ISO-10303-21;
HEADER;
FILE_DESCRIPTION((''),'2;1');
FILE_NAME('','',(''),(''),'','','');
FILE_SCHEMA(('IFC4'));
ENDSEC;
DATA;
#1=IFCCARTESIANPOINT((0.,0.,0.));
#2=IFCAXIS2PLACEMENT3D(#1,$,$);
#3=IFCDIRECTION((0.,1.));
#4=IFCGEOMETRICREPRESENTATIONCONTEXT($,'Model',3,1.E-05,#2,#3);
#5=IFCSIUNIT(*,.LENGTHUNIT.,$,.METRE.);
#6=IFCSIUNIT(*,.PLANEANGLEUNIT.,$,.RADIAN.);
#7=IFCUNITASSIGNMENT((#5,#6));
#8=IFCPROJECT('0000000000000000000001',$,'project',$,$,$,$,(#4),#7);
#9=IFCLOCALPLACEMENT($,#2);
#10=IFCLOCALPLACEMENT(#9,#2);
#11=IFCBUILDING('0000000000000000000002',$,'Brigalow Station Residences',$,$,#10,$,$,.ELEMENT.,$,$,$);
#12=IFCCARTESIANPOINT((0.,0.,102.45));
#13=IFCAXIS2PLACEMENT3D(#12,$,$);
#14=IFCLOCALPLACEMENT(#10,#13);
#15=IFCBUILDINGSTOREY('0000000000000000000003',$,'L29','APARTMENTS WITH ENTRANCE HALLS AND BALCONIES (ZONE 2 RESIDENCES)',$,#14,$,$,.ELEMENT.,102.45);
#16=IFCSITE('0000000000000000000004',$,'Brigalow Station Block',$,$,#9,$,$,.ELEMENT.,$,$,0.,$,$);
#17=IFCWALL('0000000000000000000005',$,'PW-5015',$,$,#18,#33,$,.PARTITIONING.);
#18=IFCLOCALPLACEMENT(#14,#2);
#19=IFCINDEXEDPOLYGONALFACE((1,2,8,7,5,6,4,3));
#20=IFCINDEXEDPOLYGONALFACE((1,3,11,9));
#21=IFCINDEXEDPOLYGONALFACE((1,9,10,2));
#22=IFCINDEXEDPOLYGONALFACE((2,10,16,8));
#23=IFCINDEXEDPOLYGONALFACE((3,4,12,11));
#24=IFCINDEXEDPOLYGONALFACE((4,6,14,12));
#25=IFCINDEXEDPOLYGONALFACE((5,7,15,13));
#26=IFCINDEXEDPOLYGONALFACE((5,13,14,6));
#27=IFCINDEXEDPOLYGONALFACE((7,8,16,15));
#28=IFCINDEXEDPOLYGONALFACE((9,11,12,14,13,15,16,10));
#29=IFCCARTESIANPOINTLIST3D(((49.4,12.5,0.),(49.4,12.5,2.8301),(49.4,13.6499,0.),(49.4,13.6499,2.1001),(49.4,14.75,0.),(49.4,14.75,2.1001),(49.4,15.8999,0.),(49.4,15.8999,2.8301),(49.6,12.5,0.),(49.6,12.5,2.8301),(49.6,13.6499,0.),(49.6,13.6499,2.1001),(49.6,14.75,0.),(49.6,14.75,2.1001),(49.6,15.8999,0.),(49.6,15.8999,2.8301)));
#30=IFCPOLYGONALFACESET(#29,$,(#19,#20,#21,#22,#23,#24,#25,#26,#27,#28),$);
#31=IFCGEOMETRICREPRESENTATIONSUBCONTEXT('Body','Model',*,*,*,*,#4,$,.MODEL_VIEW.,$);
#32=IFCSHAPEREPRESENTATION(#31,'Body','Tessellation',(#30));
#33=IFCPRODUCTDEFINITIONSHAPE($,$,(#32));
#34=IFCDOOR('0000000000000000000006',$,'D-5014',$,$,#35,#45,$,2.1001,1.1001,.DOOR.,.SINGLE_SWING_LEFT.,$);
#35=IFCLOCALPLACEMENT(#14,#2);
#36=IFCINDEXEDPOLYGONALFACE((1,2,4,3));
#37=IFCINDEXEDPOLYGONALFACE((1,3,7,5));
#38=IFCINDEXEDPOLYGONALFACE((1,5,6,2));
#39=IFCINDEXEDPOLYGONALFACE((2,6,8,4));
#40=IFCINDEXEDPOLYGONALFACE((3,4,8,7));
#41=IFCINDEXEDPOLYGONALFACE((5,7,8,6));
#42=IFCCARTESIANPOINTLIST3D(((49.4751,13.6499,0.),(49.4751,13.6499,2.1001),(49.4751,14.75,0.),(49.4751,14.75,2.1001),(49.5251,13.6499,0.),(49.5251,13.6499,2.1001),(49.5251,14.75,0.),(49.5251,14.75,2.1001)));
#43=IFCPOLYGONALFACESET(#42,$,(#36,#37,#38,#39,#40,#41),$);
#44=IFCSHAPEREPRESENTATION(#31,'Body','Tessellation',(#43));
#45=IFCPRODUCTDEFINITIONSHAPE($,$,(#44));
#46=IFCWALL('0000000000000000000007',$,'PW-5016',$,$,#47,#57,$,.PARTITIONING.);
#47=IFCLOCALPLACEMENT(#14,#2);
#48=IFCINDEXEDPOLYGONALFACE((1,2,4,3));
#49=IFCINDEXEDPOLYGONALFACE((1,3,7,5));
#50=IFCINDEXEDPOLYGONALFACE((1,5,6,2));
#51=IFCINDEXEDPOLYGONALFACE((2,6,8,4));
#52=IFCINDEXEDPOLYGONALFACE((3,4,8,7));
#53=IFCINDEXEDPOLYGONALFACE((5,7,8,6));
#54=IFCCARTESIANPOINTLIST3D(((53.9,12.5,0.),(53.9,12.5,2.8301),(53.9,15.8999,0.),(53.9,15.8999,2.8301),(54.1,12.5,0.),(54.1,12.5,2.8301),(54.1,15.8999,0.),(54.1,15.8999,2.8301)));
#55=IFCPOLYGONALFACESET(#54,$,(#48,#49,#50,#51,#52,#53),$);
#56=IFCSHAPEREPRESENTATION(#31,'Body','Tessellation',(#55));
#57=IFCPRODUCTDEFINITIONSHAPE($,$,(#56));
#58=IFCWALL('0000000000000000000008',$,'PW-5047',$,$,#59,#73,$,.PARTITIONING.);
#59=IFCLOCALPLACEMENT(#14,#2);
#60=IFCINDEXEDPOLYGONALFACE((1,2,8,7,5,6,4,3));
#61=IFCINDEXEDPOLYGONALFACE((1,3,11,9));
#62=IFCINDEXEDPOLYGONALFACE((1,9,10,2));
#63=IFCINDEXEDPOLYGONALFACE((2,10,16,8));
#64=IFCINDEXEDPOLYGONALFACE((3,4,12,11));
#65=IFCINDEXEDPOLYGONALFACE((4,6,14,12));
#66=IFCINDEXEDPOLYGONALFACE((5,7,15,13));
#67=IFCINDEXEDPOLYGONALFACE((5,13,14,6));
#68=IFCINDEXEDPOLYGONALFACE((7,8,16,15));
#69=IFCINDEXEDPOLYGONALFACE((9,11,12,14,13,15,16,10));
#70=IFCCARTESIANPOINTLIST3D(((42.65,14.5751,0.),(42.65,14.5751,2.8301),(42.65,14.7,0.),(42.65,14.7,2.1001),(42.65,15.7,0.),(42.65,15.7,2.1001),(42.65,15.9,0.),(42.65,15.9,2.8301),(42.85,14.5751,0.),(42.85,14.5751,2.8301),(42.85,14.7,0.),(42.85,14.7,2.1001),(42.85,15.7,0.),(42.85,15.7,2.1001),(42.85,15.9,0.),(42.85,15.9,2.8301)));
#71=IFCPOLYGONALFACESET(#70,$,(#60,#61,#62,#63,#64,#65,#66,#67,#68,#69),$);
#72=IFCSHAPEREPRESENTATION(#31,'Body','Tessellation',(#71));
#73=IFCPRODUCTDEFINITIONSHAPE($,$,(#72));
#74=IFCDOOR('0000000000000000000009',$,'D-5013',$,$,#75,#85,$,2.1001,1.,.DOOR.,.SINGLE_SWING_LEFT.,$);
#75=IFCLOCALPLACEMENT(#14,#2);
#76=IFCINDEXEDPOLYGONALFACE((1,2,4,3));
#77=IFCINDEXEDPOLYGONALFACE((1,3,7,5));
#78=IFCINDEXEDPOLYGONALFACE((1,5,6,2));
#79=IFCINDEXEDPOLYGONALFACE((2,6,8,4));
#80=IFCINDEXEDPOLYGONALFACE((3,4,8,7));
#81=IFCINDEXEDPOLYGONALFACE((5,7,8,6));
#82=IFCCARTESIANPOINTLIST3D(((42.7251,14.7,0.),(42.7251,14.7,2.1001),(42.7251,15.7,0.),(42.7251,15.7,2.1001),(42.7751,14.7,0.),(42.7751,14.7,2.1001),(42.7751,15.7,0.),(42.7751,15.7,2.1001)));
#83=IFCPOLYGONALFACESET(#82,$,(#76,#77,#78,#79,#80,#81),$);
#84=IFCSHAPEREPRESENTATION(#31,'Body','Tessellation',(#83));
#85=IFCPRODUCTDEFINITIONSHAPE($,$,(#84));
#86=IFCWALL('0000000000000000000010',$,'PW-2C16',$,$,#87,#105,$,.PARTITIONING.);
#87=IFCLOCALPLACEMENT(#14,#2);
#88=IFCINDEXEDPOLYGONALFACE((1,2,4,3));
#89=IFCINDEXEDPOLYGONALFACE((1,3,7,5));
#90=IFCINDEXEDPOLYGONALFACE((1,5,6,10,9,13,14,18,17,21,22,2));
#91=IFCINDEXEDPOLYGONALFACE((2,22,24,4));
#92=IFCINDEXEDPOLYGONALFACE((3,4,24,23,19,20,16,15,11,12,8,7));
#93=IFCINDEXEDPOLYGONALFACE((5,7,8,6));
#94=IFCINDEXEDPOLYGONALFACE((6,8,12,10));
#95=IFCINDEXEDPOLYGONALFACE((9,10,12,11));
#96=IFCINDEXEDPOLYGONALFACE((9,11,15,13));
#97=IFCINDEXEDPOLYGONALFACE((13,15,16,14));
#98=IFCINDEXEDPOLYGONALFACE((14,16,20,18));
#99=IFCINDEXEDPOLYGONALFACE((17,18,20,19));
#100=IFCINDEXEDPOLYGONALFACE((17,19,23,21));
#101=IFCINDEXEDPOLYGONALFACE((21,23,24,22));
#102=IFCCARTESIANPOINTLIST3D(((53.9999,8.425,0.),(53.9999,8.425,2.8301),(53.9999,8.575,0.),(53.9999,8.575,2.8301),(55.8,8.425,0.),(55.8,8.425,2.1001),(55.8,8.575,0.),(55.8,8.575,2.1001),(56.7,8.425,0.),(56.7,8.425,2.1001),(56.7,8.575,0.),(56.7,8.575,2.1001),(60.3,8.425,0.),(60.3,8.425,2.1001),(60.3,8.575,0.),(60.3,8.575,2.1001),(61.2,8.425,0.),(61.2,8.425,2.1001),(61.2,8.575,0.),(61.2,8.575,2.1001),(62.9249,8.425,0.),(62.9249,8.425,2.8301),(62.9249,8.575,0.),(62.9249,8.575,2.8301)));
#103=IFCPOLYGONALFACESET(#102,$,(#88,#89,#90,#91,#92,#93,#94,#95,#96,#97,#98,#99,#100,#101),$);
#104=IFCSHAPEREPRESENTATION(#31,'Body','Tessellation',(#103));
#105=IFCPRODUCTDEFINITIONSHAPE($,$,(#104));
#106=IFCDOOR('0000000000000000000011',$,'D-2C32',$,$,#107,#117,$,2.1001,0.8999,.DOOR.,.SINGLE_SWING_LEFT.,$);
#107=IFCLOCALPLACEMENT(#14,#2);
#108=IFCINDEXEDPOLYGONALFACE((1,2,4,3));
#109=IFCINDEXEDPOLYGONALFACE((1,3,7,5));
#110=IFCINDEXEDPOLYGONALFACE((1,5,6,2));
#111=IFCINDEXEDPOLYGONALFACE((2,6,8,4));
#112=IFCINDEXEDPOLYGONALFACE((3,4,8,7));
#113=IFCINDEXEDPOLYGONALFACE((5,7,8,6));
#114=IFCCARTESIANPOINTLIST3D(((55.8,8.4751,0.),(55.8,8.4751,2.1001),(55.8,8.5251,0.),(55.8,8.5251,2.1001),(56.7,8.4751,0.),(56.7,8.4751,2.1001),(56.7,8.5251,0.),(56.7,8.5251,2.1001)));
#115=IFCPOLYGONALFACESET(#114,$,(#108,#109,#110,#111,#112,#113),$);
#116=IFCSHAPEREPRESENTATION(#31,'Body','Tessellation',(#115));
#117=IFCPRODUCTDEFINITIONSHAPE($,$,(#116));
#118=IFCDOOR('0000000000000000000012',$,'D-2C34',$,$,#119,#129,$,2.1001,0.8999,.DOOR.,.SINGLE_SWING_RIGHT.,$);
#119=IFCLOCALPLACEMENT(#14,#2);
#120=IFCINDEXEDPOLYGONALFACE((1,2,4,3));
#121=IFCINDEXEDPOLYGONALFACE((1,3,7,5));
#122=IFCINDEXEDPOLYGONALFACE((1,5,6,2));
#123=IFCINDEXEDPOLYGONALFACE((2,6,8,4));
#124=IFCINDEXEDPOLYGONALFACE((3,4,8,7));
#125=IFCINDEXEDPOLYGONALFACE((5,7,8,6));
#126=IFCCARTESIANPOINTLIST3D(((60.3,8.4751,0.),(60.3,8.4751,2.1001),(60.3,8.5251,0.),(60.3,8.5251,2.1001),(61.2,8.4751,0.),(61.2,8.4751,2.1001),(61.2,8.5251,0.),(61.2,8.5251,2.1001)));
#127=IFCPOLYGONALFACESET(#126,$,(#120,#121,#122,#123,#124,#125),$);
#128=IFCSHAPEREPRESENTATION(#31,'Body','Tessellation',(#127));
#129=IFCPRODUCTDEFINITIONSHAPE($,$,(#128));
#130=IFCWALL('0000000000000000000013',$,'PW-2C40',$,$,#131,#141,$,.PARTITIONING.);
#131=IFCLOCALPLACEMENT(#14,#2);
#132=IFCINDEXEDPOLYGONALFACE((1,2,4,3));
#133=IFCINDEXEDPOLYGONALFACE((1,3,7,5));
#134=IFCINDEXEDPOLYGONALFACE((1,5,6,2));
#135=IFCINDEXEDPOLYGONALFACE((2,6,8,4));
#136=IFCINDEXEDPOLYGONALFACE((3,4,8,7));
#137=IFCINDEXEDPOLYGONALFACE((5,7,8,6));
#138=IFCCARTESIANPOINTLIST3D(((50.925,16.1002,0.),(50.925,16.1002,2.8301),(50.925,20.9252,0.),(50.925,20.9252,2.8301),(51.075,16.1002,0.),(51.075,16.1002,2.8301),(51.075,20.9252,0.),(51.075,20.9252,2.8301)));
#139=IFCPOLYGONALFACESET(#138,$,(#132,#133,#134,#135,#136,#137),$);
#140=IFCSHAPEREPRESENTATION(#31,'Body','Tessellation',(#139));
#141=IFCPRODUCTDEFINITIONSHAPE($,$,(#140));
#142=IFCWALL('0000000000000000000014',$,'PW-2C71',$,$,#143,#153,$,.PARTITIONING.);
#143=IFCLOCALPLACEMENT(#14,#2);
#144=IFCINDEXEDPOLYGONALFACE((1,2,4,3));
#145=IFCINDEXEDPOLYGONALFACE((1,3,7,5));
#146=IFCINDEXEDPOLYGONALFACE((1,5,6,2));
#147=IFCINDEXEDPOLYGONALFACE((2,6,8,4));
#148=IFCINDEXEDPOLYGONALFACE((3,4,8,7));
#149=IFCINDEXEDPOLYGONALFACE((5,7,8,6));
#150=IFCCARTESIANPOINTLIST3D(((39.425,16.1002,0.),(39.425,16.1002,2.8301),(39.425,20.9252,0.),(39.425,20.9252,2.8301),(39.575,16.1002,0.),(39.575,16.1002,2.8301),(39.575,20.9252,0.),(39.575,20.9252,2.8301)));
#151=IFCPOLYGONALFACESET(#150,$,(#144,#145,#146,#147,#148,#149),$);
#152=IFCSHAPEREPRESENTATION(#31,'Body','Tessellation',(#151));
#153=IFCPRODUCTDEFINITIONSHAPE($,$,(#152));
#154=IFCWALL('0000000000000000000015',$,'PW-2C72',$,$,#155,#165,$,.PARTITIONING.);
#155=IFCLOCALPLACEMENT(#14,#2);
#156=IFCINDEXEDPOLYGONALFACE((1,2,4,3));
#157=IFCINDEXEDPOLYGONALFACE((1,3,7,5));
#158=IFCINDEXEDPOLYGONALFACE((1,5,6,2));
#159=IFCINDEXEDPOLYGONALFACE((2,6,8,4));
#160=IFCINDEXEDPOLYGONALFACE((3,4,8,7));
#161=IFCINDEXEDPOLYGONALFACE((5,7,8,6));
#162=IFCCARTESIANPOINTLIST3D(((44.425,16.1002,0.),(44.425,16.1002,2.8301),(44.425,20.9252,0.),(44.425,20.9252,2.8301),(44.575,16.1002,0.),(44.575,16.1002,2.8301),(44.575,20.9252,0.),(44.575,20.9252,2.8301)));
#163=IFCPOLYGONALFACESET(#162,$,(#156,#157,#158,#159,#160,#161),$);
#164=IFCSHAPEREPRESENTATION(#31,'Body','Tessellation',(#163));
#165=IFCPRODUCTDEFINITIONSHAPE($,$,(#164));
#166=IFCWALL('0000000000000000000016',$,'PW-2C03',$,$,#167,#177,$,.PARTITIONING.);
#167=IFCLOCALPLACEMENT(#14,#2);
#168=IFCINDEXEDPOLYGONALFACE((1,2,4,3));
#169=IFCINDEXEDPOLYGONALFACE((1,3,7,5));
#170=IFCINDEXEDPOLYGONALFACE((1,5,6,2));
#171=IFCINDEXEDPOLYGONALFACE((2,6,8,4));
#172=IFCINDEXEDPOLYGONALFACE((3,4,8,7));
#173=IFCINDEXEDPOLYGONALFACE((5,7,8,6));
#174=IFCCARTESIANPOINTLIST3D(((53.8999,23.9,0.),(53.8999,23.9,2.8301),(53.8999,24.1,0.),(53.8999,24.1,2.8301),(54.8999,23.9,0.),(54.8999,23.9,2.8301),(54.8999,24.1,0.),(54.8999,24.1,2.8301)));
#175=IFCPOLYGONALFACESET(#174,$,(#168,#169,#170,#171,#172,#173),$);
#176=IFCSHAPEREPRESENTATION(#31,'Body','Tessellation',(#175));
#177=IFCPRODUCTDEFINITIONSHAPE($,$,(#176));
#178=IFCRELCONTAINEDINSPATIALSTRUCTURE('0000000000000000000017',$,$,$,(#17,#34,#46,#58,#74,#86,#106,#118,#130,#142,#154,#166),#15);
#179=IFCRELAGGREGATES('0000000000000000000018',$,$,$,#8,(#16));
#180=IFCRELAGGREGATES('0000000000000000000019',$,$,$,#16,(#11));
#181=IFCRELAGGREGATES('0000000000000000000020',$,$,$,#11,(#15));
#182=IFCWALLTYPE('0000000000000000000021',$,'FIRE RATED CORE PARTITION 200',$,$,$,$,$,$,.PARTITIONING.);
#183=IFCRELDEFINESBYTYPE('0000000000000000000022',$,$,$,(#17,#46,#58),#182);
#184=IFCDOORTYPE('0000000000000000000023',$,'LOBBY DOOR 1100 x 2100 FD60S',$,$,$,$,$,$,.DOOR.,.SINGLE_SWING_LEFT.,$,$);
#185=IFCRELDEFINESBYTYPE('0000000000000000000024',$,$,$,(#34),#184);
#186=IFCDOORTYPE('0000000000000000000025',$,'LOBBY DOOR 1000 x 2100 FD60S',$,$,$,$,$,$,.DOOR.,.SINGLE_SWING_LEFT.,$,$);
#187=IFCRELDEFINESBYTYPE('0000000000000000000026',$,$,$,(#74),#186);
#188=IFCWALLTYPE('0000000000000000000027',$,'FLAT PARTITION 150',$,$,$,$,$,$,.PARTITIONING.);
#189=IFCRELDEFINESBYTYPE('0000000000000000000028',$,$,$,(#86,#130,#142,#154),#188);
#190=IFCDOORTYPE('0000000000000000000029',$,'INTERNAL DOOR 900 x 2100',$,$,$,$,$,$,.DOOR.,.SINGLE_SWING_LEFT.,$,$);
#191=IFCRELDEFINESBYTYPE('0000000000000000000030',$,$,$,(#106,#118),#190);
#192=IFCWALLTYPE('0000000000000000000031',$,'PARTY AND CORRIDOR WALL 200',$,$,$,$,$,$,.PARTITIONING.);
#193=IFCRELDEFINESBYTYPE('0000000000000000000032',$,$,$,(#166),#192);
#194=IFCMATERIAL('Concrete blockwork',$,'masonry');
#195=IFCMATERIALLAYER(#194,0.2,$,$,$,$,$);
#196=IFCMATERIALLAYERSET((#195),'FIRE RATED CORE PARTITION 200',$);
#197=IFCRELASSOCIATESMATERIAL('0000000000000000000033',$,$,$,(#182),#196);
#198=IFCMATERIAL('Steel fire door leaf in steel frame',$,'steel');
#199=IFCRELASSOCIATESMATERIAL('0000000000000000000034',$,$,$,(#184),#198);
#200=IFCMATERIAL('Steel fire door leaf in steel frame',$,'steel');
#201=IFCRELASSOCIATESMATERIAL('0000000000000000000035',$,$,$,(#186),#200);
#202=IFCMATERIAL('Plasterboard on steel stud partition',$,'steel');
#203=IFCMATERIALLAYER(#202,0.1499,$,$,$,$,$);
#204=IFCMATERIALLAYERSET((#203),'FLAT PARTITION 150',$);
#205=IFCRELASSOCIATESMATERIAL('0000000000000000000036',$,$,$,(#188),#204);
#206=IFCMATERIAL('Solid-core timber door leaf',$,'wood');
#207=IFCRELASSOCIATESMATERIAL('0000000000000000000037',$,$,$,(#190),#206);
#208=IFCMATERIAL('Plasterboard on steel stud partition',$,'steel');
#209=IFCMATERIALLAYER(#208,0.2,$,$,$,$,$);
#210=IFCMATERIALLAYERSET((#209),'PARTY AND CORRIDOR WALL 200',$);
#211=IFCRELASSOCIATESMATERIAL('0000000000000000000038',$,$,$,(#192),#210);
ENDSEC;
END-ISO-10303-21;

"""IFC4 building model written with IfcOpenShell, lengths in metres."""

from ifc_helpers import new_model, si_unit, direction, frame, frame_2d, origin, place, context, subcontext, project, spatial, rectangle, extrude, material, layer, layer_set, type_object, element, fill, save


model = new_model("IFC4")

# Units and contexts
model_context = context("Model", 3, precision=1e-05, world=origin(), true_north=direction((0.0, 1.0)))
body_context = subcontext(model_context, "Body", "Model", "MODEL_VIEW")
ifc_project = project(units=[si_unit("LENGTHUNIT", "METRE"), si_unit("PLANEANGLEUNIT", "RADIAN")], contexts=[model_context])

# Site, building, storey
site_placement = place(None, origin())
site = spatial("IfcSite", under=ifc_project, at=site_placement, Name="Brigalow Station Block", CompositionType="ELEMENT", RefElevation=0.0)
building_placement = place(site_placement, origin())
building = spatial("IfcBuilding", under=site, at=building_placement, Name="Brigalow Station Residences", CompositionType="ELEMENT")
storey_placement = place(building_placement, frame((0.0, 0.0, 102.45)))
storey = spatial("IfcBuildingStorey", under=building, at=storey_placement, Name="L29", Description="APARTMENTS WITH ENTRANCE HALLS AND BALCONIES (ZONE 2 RESIDENCES)", CompositionType="ELEMENT", Elevation=102.45)

# Shared definitions
ifc_material_1 = material(Name="Concrete blockwork", Category="masonry")
ifc_layer_1 = layer(ifc_material_1, 0.2)
ifc_layer_set_1 = layer_set([ifc_layer_1], Name="FIRE RATED CORE PARTITION 200")
wall_type_1 = type_object("IfcWallType", Name="FIRE RATED CORE PARTITION 200", PredefinedType="PARTITIONING", material=ifc_layer_set_1)

# Wall, opening, door
wall_1_placement = place(storey_placement, frame((49.5, 12.5, 0.0), z_axis=(0.0, 0.0, 1.0), x_axis=(0.0, 1.0, 0.0)))
wall_1 = element("IfcWall", 1, at=wall_1_placement, inside=storey, type_object=wall_type_1, Name="PW-5015", PredefinedType="PARTITIONING", context=body_context, shape_type="SweptSolid", body=[
    extrude(rectangle(XDim=3.3999, YDim=0.2, at=frame_2d((1.7, 0.0))), origin(), (0.0, 0.0, 1.0), 2.8301),
])
opening_1_placement = place(wall_1_placement, frame((1.1499, 0.0, 0.0)))
opening_1 = element("IfcOpeningElement", 2, at=opening_1_placement, cuts=wall_1, PredefinedType="OPENING", context=body_context, shape_type="SweptSolid", body=[
    extrude(rectangle(XDim=1.1001, YDim=2.1001, at=frame_2d((0.55, 1.05))), frame((0.0, 0.1099, 0.0), z_axis=(0.0, -1.0, 0.0), x_axis=(1.0, 0.0, 0.0)), (0.0, 0.0, 1.0), 0.22),
])
ifc_material_2 = material(Name="Steel fire door leaf in steel frame", Category="steel")
door_type_1 = type_object("IfcDoorType", Name="LOBBY DOOR 1100 x 2100 FD60S", OperationType="SINGLE_SWING_LEFT", PredefinedType="DOOR", material=ifc_material_2)
door_1_placement = place(opening_1_placement, origin())
door_1 = element("IfcDoor", 3, at=door_1_placement, inside=storey, type_object=door_type_1, Name="D-5014", OperationType="SINGLE_SWING_LEFT", OverallHeight=2.1001, OverallWidth=1.1001, PredefinedType="DOOR", context=body_context, shape_type="SweptSolid", body=[
    extrude(rectangle(XDim=1.1001, YDim=2.1001, at=frame_2d((0.55, 1.05))), frame((0.0, 0.0249, 0.0), z_axis=(0.0, -1.0, 0.0), x_axis=(1.0, 0.0, 0.0)), (0.0, 0.0, 1.0), 0.05),
])
fill(opening_1, door_1)

# Wall
wall_2_placement = place(storey_placement, frame((54.0, 12.5, 0.0), z_axis=(0.0, 0.0, 1.0), x_axis=(0.0, 1.0, 0.0)))
element("IfcWall", 4, at=wall_2_placement, inside=storey, type_object=wall_type_1, Name="PW-5016", PredefinedType="PARTITIONING", context=body_context, shape_type="SweptSolid", body=[
    extrude(rectangle(XDim=3.3999, YDim=0.2, at=frame_2d((1.7, 0.0))), origin(), (0.0, 0.0, 1.0), 2.8301),
])

# Wall, opening, door
wall_3_placement = place(storey_placement, frame((42.75, 14.575, 0.0), z_axis=(0.0, 0.0, 1.0), x_axis=(0.0, 1.0, 0.0)))
wall_3 = element("IfcWall", 5, at=wall_3_placement, inside=storey, type_object=wall_type_1, Name="PW-5047", PredefinedType="PARTITIONING", context=body_context, shape_type="SweptSolid", body=[
    extrude(rectangle(XDim=1.325, YDim=0.2, at=frame_2d((0.6626, 0.0))), origin(), (0.0, 0.0, 1.0), 2.8301),
])
opening_2_placement = place(wall_3_placement, frame((0.125, 0.0, 0.0)))
opening_2 = element("IfcOpeningElement", 6, at=opening_2_placement, cuts=wall_3, PredefinedType="OPENING", context=body_context, shape_type="SweptSolid", body=[
    extrude(rectangle(XDim=1.0, YDim=2.1001, at=frame_2d((0.5, 1.05))), frame((0.0, 0.1099, 0.0), z_axis=(0.0, -1.0, 0.0), x_axis=(1.0, 0.0, 0.0)), (0.0, 0.0, 1.0), 0.22),
])
ifc_material_3 = material(Name="Steel fire door leaf in steel frame", Category="steel")
door_type_2 = type_object("IfcDoorType", Name="LOBBY DOOR 1000 x 2100 FD60S", OperationType="SINGLE_SWING_LEFT", PredefinedType="DOOR", material=ifc_material_3)
door_2_placement = place(opening_2_placement, origin())
door_2 = element("IfcDoor", 7, at=door_2_placement, inside=storey, type_object=door_type_2, Name="D-5013", OperationType="SINGLE_SWING_LEFT", OverallHeight=2.1001, OverallWidth=1.0, PredefinedType="DOOR", context=body_context, shape_type="SweptSolid", body=[
    extrude(rectangle(XDim=1.0, YDim=2.1001, at=frame_2d((0.5, 1.05))), frame((0.0, 0.0249, 0.0), z_axis=(0.0, -1.0, 0.0), x_axis=(1.0, 0.0, 0.0)), (0.0, 0.0, 1.0), 0.05),
])
fill(opening_2, door_2)

# Wall, openings, doors
ifc_material_4 = material(Name="Plasterboard on steel stud partition", Category="steel")
ifc_layer_2 = layer(ifc_material_4, 0.1499)
ifc_layer_set_2 = layer_set([ifc_layer_2], Name="FLAT PARTITION 150")
wall_type_2 = type_object("IfcWallType", Name="FLAT PARTITION 150", PredefinedType="PARTITIONING", material=ifc_layer_set_2)
wall_4_placement = place(storey_placement, frame((54.0, 8.5, 0.0), z_axis=(0.0, 0.0, 1.0), x_axis=(1.0, 0.0, 0.0)))
wall_4 = element("IfcWall", 8, at=wall_4_placement, inside=storey, type_object=wall_type_2, Name="PW-2C16", PredefinedType="PARTITIONING", context=body_context, shape_type="SweptSolid", body=[
    extrude(rectangle(XDim=8.925, YDim=0.1499, at=frame_2d((4.4624, 0.0))), origin(), (0.0, 0.0, 1.0), 2.8301),
])
opening_3_placement = place(wall_4_placement, frame((1.8, 0.0, 0.0)))
opening_3 = element("IfcOpeningElement", 9, at=opening_3_placement, cuts=wall_4, PredefinedType="OPENING", context=body_context, shape_type="SweptSolid", body=[
    extrude(rectangle(XDim=0.8999, YDim=2.1001, at=frame_2d((0.45, 1.05))), frame((0.0, 0.085, 0.0), z_axis=(0.0, -1.0, 0.0), x_axis=(1.0, 0.0, 0.0)), (0.0, 0.0, 1.0), 0.1699),
])
opening_4_placement = place(wall_4_placement, frame((6.3, 0.0, 0.0)))
opening_4 = element("IfcOpeningElement", 10, at=opening_4_placement, cuts=wall_4, PredefinedType="OPENING", context=body_context, shape_type="SweptSolid", body=[
    extrude(rectangle(XDim=0.8999, YDim=2.1001, at=frame_2d((0.45, 1.05))), frame((0.0, 0.085, 0.0), z_axis=(0.0, -1.0, 0.0), x_axis=(1.0, 0.0, 0.0)), (0.0, 0.0, 1.0), 0.1699),
])
ifc_material_5 = material(Name="Solid-core timber door leaf", Category="wood")
door_type_3 = type_object("IfcDoorType", Name="INTERNAL DOOR 900 x 2100", OperationType="SINGLE_SWING_LEFT", PredefinedType="DOOR", material=ifc_material_5)
door_3_placement = place(opening_3_placement, frame((0.8999, 0.0, 0.0), z_axis=(0.0, 0.0, 1.0), x_axis=(-1.0, 0.0, 0.0)))
door_3 = element("IfcDoor", 11, at=door_3_placement, inside=storey, type_object=door_type_3, Name="D-2C32", OperationType="SINGLE_SWING_LEFT", OverallHeight=2.1001, OverallWidth=0.8999, PredefinedType="DOOR", context=body_context, shape_type="SweptSolid", body=[
    extrude(rectangle(XDim=0.8999, YDim=2.1001, at=frame_2d((0.45, 1.05))), frame((0.0, 0.0249, 0.0), z_axis=(0.0, -1.0, 0.0), x_axis=(1.0, 0.0, 0.0)), (0.0, 0.0, 1.0), 0.05),
])
fill(opening_3, door_3)
door_4_placement = place(opening_4_placement, frame((0.8999, 0.0, 0.0), z_axis=(0.0, 0.0, 1.0), x_axis=(-1.0, 0.0, 0.0)))
door_4 = element("IfcDoor", 12, at=door_4_placement, inside=storey, type_object=door_type_3, Name="D-2C34", OperationType="SINGLE_SWING_RIGHT", OverallHeight=2.1001, OverallWidth=0.8999, PredefinedType="DOOR", context=body_context, shape_type="SweptSolid", body=[
    extrude(rectangle(XDim=0.8999, YDim=2.1001, at=frame_2d((0.45, 1.05))), frame((0.0, 0.0249, 0.0), z_axis=(0.0, -1.0, 0.0), x_axis=(1.0, 0.0, 0.0)), (0.0, 0.0, 1.0), 0.05),
])
fill(opening_4, door_4)

# Walls
for number, where, z_axis, x_axis, name in (
    (13, (51.0, 16.1001, 0.0), (0.0, 0.0, 1.0), (0.0, 1.0, 0.0), "PW-2C40"),
    (14, (39.5, 16.1001, 0.0), (0.0, 0.0, 1.0), (0.0, 1.0, 0.0), "PW-2C71"),
    (15, (44.5, 16.1001, 0.0), (0.0, 0.0, 1.0), (0.0, 1.0, 0.0), "PW-2C72"),
):
    element("IfcWall", number, at=place(storey_placement, frame(where, z_axis=z_axis, x_axis=x_axis)), inside=storey, type_object=wall_type_2, Name=name, PredefinedType="PARTITIONING", context=body_context, shape_type="SweptSolid", body=[
        extrude(rectangle(XDim=4.825, YDim=0.1499, at=frame_2d((2.4126, 0.0))), origin(), (0.0, 0.0, 1.0), 2.8301),
    ])
ifc_material_6 = material(Name="Plasterboard on steel stud partition", Category="steel")
ifc_layer_3 = layer(ifc_material_6, 0.2)
ifc_layer_set_3 = layer_set([ifc_layer_3], Name="PARTY AND CORRIDOR WALL 200")
wall_type_3 = type_object("IfcWallType", Name="PARTY AND CORRIDOR WALL 200", PredefinedType="PARTITIONING", material=ifc_layer_set_3)
wall_5_placement = place(storey_placement, frame((53.8999, 24.0, 0.0), z_axis=(0.0, 0.0, 1.0), x_axis=(1.0, 0.0, 0.0)))
element("IfcWall", 16, at=wall_5_placement, inside=storey, type_object=wall_type_3, Name="PW-2C03", PredefinedType="PARTITIONING", context=body_context, shape_type="SweptSolid", body=[
    extrude(rectangle(XDim=1.0, YDim=0.2, at=frame_2d((0.5, 0.0))), origin(), (0.0, 0.0, 1.0), 2.8301),
])

save(model, "model.ifc")
